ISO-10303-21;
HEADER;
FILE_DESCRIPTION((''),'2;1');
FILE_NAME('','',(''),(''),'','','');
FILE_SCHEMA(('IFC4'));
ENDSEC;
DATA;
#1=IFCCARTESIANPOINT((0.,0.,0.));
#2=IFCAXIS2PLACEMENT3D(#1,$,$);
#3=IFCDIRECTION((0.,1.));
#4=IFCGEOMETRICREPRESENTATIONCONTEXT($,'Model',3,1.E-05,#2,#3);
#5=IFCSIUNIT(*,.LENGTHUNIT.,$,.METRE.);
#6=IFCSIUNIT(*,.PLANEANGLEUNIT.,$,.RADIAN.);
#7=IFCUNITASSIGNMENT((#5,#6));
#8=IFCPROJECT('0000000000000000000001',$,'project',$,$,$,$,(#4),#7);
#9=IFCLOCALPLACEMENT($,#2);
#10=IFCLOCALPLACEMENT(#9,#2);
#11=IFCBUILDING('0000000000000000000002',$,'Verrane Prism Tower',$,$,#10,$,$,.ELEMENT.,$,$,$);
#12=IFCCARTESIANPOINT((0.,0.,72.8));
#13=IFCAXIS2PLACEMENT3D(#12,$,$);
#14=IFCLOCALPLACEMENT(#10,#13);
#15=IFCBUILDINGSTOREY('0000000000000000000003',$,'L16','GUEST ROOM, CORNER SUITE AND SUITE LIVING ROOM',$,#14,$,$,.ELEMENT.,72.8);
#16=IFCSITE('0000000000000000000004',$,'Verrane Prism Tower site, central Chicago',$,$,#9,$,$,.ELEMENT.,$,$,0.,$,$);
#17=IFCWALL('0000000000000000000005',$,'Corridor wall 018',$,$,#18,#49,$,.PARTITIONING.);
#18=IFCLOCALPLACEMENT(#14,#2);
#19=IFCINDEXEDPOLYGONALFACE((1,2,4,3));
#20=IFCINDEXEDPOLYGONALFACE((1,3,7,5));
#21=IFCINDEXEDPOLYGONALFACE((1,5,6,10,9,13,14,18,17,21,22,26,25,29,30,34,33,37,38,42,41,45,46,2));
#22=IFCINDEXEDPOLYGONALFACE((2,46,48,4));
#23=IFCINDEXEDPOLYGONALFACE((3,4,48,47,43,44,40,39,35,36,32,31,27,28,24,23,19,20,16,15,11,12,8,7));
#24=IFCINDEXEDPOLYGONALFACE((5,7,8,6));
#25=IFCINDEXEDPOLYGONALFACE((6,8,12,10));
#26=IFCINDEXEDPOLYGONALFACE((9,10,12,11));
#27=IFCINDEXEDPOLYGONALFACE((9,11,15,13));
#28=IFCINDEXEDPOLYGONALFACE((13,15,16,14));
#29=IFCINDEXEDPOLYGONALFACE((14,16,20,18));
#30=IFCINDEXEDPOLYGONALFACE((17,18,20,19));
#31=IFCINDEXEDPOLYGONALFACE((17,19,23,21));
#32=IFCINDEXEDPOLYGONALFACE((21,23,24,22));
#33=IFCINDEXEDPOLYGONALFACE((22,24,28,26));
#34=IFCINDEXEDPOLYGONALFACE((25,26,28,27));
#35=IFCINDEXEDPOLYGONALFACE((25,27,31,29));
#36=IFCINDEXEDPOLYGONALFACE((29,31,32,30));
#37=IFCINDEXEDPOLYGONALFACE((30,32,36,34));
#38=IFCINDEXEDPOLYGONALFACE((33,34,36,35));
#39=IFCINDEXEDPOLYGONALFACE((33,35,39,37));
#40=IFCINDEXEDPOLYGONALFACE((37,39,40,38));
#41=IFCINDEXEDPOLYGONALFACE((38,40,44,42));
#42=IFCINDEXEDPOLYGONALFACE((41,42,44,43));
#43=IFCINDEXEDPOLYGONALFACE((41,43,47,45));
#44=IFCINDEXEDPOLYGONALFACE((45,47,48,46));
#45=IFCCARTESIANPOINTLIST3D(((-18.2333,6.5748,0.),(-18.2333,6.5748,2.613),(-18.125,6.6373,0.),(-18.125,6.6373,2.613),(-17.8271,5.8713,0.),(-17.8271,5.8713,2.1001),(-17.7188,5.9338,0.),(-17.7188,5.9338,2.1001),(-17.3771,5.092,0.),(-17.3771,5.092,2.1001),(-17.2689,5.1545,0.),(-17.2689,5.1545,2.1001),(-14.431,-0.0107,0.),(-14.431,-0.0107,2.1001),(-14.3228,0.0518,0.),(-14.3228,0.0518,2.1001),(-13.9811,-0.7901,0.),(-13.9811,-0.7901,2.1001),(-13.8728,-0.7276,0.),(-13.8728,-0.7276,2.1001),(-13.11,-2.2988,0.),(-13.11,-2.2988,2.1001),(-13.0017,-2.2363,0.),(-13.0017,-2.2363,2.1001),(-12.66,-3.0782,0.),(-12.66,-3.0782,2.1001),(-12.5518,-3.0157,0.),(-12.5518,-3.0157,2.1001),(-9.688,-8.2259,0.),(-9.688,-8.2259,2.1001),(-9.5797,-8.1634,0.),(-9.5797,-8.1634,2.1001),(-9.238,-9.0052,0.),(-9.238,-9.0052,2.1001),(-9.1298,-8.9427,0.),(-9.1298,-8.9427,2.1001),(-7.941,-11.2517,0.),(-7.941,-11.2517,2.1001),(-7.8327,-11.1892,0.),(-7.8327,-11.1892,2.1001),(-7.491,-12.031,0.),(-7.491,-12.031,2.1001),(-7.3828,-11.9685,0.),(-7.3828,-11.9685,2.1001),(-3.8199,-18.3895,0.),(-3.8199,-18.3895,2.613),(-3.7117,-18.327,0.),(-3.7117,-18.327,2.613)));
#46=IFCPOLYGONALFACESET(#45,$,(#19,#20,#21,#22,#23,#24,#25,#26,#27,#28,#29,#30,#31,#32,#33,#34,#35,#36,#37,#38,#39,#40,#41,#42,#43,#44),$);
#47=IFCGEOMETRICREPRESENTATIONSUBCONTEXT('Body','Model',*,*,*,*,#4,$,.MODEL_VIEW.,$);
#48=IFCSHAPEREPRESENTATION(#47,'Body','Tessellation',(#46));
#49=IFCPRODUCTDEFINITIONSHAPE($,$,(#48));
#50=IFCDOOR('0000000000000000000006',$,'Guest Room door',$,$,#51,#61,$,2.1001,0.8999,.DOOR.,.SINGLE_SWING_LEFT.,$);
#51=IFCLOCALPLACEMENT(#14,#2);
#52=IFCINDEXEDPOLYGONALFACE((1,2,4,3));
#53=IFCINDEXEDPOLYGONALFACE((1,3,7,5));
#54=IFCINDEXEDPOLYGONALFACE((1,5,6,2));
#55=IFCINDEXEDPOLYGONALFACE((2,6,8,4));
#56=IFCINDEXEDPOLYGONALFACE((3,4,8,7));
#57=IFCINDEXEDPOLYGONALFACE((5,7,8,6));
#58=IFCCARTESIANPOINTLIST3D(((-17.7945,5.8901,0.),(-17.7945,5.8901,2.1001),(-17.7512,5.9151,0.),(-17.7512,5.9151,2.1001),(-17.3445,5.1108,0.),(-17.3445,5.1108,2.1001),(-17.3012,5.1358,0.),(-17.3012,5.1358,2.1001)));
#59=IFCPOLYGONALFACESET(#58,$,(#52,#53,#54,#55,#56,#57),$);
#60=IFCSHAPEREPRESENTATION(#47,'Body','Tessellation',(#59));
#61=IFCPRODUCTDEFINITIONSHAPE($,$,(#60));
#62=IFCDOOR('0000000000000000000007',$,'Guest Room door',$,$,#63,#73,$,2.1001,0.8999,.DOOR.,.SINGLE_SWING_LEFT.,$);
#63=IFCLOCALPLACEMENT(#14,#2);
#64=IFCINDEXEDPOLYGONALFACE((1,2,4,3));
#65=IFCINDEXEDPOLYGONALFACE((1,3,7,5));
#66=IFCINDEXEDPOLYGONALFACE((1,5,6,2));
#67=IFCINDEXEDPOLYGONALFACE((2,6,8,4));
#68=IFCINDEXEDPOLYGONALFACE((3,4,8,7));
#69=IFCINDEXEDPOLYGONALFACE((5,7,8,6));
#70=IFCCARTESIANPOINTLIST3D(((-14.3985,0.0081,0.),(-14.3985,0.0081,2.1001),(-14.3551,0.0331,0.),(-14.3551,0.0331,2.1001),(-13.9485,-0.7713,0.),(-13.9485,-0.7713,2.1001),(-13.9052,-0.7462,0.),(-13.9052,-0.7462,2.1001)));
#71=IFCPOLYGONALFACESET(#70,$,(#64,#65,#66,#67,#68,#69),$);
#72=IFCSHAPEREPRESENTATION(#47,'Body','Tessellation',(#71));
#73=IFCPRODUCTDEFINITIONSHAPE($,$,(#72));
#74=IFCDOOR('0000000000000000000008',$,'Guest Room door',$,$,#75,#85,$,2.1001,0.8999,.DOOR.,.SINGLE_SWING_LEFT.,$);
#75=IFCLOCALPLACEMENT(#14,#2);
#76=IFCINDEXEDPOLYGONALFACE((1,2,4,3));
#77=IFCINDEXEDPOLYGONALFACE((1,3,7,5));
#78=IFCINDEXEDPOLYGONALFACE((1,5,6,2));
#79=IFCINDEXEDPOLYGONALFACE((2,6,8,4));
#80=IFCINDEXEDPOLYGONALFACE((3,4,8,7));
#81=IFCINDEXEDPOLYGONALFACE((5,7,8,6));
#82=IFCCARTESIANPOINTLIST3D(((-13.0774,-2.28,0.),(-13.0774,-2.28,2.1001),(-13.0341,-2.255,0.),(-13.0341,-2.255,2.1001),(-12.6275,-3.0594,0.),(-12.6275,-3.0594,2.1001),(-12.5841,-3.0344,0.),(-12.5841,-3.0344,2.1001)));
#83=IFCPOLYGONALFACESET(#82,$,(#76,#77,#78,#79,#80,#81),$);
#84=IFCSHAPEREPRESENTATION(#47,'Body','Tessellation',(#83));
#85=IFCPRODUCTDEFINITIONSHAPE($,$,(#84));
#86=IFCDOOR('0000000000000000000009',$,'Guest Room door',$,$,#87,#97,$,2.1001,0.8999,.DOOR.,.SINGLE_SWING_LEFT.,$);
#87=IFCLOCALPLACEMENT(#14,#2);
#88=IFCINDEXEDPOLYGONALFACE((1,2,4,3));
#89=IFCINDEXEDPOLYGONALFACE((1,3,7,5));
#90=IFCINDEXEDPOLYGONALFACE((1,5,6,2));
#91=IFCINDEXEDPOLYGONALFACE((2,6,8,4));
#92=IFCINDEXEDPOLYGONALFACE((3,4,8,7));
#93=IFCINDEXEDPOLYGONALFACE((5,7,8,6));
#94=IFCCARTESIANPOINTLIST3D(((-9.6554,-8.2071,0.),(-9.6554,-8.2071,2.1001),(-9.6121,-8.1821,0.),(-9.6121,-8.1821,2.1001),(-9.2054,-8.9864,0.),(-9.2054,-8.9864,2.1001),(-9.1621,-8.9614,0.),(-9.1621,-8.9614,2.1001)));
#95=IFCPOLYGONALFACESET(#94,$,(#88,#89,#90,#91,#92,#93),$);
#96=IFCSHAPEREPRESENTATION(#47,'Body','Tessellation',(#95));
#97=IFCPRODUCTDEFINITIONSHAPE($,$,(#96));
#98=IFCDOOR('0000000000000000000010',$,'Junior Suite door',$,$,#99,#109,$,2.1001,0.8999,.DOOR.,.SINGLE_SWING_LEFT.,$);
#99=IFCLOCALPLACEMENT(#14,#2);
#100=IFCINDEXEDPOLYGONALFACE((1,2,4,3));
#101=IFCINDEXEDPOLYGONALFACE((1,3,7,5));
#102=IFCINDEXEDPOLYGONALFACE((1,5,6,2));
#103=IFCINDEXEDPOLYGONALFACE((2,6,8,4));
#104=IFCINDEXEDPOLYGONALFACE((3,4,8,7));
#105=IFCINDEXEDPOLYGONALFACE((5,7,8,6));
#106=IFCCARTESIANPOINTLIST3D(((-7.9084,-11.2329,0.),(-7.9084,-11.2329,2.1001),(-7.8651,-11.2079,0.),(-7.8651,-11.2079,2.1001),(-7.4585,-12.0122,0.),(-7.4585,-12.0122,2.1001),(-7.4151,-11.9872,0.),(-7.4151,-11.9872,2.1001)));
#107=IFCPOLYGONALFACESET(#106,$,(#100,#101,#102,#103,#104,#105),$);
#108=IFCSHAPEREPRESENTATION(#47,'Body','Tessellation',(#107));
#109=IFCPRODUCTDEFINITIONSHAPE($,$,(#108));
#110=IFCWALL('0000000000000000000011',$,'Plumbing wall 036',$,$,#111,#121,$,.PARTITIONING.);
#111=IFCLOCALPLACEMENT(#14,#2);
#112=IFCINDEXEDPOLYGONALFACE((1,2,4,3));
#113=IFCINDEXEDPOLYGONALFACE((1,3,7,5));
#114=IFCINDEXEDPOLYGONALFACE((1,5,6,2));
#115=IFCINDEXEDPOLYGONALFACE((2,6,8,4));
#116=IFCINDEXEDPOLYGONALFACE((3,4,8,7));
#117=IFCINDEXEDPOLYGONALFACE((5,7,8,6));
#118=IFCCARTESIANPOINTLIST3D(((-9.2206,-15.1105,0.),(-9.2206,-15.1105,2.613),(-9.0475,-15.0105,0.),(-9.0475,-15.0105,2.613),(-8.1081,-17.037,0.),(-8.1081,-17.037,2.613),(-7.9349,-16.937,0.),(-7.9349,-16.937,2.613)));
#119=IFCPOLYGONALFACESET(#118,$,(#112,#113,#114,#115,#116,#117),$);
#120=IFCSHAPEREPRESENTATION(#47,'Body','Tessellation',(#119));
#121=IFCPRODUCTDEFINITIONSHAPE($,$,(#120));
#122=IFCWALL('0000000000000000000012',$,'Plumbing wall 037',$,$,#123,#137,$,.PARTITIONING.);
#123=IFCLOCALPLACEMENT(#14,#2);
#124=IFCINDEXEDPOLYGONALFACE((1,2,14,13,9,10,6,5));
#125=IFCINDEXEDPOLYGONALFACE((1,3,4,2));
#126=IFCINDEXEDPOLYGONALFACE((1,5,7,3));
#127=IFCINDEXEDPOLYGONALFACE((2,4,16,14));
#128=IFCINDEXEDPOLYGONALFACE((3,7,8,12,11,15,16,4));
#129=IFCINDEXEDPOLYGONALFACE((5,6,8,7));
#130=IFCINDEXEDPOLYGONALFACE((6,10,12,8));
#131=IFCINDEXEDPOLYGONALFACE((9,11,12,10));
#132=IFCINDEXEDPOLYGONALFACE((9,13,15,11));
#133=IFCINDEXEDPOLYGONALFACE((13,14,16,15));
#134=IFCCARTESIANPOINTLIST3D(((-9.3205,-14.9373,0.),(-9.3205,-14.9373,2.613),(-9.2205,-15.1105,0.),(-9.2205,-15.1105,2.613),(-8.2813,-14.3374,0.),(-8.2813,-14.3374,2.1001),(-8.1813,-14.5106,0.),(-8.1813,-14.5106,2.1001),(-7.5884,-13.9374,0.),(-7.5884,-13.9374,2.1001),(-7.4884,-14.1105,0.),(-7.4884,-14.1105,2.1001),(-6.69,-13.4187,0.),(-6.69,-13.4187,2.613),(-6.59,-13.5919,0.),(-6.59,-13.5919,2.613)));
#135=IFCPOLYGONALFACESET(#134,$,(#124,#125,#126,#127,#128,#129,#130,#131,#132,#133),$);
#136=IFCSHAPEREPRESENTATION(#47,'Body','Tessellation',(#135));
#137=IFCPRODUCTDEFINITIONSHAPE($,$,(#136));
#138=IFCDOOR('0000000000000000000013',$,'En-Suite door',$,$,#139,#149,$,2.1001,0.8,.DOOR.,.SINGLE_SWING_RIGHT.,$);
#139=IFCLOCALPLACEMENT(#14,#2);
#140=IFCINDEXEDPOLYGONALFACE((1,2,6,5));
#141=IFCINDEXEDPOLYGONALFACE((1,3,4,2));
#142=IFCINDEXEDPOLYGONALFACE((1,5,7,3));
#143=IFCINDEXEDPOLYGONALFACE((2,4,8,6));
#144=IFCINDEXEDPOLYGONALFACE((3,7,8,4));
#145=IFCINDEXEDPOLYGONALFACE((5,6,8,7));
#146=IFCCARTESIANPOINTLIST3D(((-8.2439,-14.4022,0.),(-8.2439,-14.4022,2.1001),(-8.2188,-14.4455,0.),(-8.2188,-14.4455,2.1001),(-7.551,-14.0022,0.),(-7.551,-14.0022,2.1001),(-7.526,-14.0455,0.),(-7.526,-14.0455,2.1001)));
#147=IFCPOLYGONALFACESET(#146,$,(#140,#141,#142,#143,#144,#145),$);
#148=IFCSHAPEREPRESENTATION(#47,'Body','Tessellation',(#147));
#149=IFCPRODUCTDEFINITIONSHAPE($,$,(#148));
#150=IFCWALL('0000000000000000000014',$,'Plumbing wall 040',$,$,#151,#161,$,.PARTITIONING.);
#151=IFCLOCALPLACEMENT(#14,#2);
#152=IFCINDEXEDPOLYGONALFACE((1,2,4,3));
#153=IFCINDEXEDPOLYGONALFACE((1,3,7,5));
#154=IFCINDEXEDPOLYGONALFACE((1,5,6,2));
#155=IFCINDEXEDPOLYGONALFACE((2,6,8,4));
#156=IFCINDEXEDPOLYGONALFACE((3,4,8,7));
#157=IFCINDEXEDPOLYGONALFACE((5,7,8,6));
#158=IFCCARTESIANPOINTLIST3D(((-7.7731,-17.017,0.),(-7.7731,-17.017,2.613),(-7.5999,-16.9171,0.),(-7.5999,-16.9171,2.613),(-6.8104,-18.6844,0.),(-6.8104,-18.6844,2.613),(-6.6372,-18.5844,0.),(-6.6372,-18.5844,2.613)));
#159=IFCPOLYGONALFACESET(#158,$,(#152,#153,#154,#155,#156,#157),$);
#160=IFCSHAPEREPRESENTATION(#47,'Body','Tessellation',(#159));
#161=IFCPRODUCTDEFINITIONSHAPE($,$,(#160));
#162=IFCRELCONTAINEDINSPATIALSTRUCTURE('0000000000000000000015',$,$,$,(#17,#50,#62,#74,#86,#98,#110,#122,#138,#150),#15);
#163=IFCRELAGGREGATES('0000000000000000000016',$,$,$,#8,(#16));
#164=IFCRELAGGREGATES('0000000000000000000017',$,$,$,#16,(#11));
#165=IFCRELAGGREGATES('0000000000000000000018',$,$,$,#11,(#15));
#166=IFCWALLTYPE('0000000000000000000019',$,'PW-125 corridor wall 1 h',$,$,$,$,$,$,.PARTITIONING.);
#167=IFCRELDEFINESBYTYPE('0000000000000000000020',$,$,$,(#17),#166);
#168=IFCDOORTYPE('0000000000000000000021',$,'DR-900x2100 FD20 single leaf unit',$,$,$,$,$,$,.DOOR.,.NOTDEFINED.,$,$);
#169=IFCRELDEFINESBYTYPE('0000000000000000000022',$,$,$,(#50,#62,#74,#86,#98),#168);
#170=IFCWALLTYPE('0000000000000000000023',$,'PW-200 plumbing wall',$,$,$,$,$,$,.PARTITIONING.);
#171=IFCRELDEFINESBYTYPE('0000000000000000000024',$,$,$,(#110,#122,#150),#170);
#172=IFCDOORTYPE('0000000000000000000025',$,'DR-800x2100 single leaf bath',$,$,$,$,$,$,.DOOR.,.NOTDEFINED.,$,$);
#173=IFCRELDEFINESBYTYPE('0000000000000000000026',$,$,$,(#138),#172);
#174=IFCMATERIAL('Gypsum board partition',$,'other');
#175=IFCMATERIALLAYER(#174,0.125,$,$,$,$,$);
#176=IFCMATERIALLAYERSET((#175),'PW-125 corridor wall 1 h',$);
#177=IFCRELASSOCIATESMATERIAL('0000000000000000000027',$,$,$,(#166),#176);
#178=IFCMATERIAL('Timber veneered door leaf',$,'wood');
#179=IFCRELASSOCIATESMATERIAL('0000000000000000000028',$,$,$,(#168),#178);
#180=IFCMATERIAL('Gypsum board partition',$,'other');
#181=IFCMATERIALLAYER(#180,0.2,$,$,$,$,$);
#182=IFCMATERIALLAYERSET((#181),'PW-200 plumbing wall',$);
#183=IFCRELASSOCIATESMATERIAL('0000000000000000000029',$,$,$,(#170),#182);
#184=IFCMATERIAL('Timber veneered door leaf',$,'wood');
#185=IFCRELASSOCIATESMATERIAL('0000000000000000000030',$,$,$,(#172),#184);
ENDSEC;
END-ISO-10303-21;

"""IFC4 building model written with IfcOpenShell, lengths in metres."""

from ifc_helpers import new_model, si_unit, direction, frame, frame_2d, origin, place, context, subcontext, project, spatial, rectangle, extrude, material, layer, layer_set, type_object, element, fill, save


model = new_model("IFC4")

# Units and contexts
model_context = context("Model", 3, precision=1e-05, world=origin(), true_north=direction((0.0, 1.0)))
body_context = subcontext(model_context, "Body", "Model", "MODEL_VIEW")
ifc_project = project(units=[si_unit("LENGTHUNIT", "METRE"), si_unit("PLANEANGLEUNIT", "RADIAN")], contexts=[model_context])

# Site, building, storey
site_placement = place(None, origin())
site = spatial("IfcSite", under=ifc_project, at=site_placement, Name="Verrane Prism Tower site, central Chicago", CompositionType="ELEMENT", RefElevation=0.0)
building_placement = place(site_placement, origin())
building = spatial("IfcBuilding", under=site, at=building_placement, Name="Verrane Prism Tower", CompositionType="ELEMENT")
storey_placement = place(building_placement, frame((0.0, 0.0, 72.8)))
storey = spatial("IfcBuildingStorey", under=building, at=storey_placement, Name="L16", Description="GUEST ROOM, CORNER SUITE AND SUITE LIVING ROOM", CompositionType="ELEMENT", Elevation=72.8)

# Wall, openings, doors
ifc_material_1 = material(Name="Gypsum board partition", Category="other")
ifc_layer_1 = layer(ifc_material_1, 0.125)
ifc_layer_set_1 = layer_set([ifc_layer_1], Name="PW-125 corridor wall 1 h")
wall_type_1 = type_object("IfcWallType", Name="PW-125 corridor wall 1 h", PredefinedType="PARTITIONING", material=ifc_layer_set_1)
wall_1_placement = place(storey_placement, frame((-3.7659, -18.3582, 0.0), z_axis=(0.0, 0.0, 1.0), x_axis=(-0.500004, 0.866023, 0.0)))
wall_1 = element("IfcWall", 1, at=wall_1_placement, inside=storey, type_object=wall_type_1, Name="Corridor wall 018", PredefinedType="PARTITIONING", context=body_context, shape_type="SweptSolid", body=[
    extrude(rectangle(XDim=28.8264, YDim=0.125, at=frame_2d((14.4131, 0.0))), origin(), (0.0, 0.0, 1.0), 2.613),
])
opening_1_placement = place(wall_1_placement, frame((27.114, 0.0, 0.0)))
opening_1 = element("IfcOpeningElement", 2, at=opening_1_placement, cuts=wall_1, PredefinedType="OPENING", context=body_context, shape_type="SweptSolid", body=[
    extrude(rectangle(XDim=0.8999, YDim=2.1001, at=frame_2d((0.45, 1.05))), frame((0.0, 0.0725, 0.0), z_axis=(0.0, -1.0, 0.0), x_axis=(1.0, 0.0, 0.0)), (0.0, 0.0, 1.0), 0.145),
])
opening_2_placement = place(wall_1_placement, frame((20.322, 0.0, 0.0)))
opening_2 = element("IfcOpeningElement", 3, at=opening_2_placement, cuts=wall_1, PredefinedType="OPENING", context=body_context, shape_type="SweptSolid", body=[
    extrude(rectangle(XDim=0.8999, YDim=2.1001, at=frame_2d((0.45, 1.05))), frame((0.0, 0.0725, 0.0), z_axis=(0.0, -1.0, 0.0), x_axis=(1.0, 0.0, 0.0)), (0.0, 0.0, 1.0), 0.145),
])
opening_3_placement = place(wall_1_placement, frame((17.6799, 0.0, 0.0)))
opening_3 = element("IfcOpeningElement", 4, at=opening_3_placement, cuts=wall_1, PredefinedType="OPENING", context=body_context, shape_type="SweptSolid", body=[
    extrude(rectangle(XDim=0.8999, YDim=2.1001, at=frame_2d((0.45, 1.05))), frame((0.0, 0.0725, 0.0), z_axis=(0.0, -1.0, 0.0), x_axis=(1.0, 0.0, 0.0)), (0.0, 0.0, 1.0), 0.145),
])
opening_4_placement = place(wall_1_placement, frame((10.8359, 0.0, 0.0)))
opening_4 = element("IfcOpeningElement", 5, at=opening_4_placement, cuts=wall_1, PredefinedType="OPENING", context=body_context, shape_type="SweptSolid", body=[
    extrude(rectangle(XDim=0.8999, YDim=2.1001, at=frame_2d((0.45, 1.05))), frame((0.0, 0.0725, 0.0), z_axis=(0.0, -1.0, 0.0), x_axis=(1.0, 0.0, 0.0)), (0.0, 0.0, 1.0), 0.145),
])
opening_5_placement = place(wall_1_placement, frame((7.342, 0.0, 0.0)))
opening_5 = element("IfcOpeningElement", 6, at=opening_5_placement, cuts=wall_1, PredefinedType="OPENING", context=body_context, shape_type="SweptSolid", body=[
    extrude(rectangle(XDim=0.8999, YDim=2.1001, at=frame_2d((0.45, 1.05))), frame((0.0, 0.0725, 0.0), z_axis=(0.0, -1.0, 0.0), x_axis=(1.0, 0.0, 0.0)), (0.0, 0.0, 1.0), 0.145),
])
ifc_material_2 = material(Name="Timber veneered door leaf", Category="wood")
door_type_1 = type_object("IfcDoorType", Name="DR-900x2100 FD20 single leaf unit", OperationType="NOTDEFINED", PredefinedType="DOOR", material=ifc_material_2)
door_1_placement = place(opening_1_placement, origin())
door_1 = element("IfcDoor", 7, at=door_1_placement, inside=storey, type_object=door_type_1, Name="Guest Room door", OperationType="SINGLE_SWING_LEFT", OverallHeight=2.1001, OverallWidth=0.8999, PredefinedType="DOOR", context=body_context, shape_type="SweptSolid", body=[
    extrude(rectangle(XDim=0.8999, YDim=2.1001, at=frame_2d((0.45, 1.05))), frame((0.0, 0.0249, 0.0), z_axis=(0.0, -1.0, 0.0), x_axis=(1.0, 0.0, 0.0)), (0.0, 0.0, 1.0), 0.05),
])
fill(opening_1, door_1)
door_2_placement = place(opening_2_placement, origin())
door_2 = element("IfcDoor", 8, at=door_2_placement, inside=storey, type_object=door_type_1, Name="Guest Room door", OperationType="SINGLE_SWING_LEFT", OverallHeight=2.1001, OverallWidth=0.8999, PredefinedType="DOOR", context=body_context, shape_type="SweptSolid", body=[
    extrude(rectangle(XDim=0.8999, YDim=2.1001, at=frame_2d((0.45, 1.05))), frame((0.0, 0.0249, 0.0), z_axis=(0.0, -1.0, 0.0), x_axis=(1.0, 0.0, 0.0)), (0.0, 0.0, 1.0), 0.05),
])
fill(opening_2, door_2)
door_3_placement = place(opening_3_placement, origin())
door_3 = element("IfcDoor", 9, at=door_3_placement, inside=storey, type_object=door_type_1, Name="Guest Room door", OperationType="SINGLE_SWING_LEFT", OverallHeight=2.1001, OverallWidth=0.8999, PredefinedType="DOOR", context=body_context, shape_type="SweptSolid", body=[
    extrude(rectangle(XDim=0.8999, YDim=2.1001, at=frame_2d((0.45, 1.05))), frame((0.0, 0.0249, 0.0), z_axis=(0.0, -1.0, 0.0), x_axis=(1.0, 0.0, 0.0)), (0.0, 0.0, 1.0), 0.05),
])
fill(opening_3, door_3)
door_4_placement = place(opening_4_placement, origin())
door_4 = element("IfcDoor", 10, at=door_4_placement, inside=storey, type_object=door_type_1, Name="Guest Room door", OperationType="SINGLE_SWING_LEFT", OverallHeight=2.1001, OverallWidth=0.8999, PredefinedType="DOOR", context=body_context, shape_type="SweptSolid", body=[
    extrude(rectangle(XDim=0.8999, YDim=2.1001, at=frame_2d((0.45, 1.05))), frame((0.0, 0.0249, 0.0), z_axis=(0.0, -1.0, 0.0), x_axis=(1.0, 0.0, 0.0)), (0.0, 0.0, 1.0), 0.05),
])
fill(opening_4, door_4)
door_5_placement = place(opening_5_placement, origin())
door_5 = element("IfcDoor", 11, at=door_5_placement, inside=storey, type_object=door_type_1, Name="Junior Suite door", OperationType="SINGLE_SWING_LEFT", OverallHeight=2.1001, OverallWidth=0.8999, PredefinedType="DOOR", context=body_context, shape_type="SweptSolid", body=[
    extrude(rectangle(XDim=0.8999, YDim=2.1001, at=frame_2d((0.45, 1.05))), frame((0.0, 0.0249, 0.0), z_axis=(0.0, -1.0, 0.0), x_axis=(1.0, 0.0, 0.0)), (0.0, 0.0, 1.0), 0.05),
])
fill(opening_5, door_5)

# Wall
ifc_material_3 = material(Name="Gypsum board partition", Category="other")
ifc_layer_2 = layer(ifc_material_3, 0.2)
ifc_layer_set_2 = layer_set([ifc_layer_2], Name="PW-200 plumbing wall")
wall_type_2 = type_object("IfcWallType", Name="PW-200 plumbing wall", PredefinedType="PARTITIONING", material=ifc_layer_set_2)
wall_2_placement = place(storey_placement, frame((-9.134, -15.0605, 0.0), z_axis=(0.0, 0.0, 1.0), x_axis=(0.500093, -0.865972, 0.0)))
element("IfcWall", 12, at=wall_2_placement, inside=storey, type_object=wall_type_2, Name="Plumbing wall 036", PredefinedType="PARTITIONING", context=body_context, shape_type="SweptSolid", body=[
    extrude(rectangle(XDim=2.2246, YDim=0.2, at=frame_2d((1.1123, 0.0))), origin(), (0.0, 0.0, 1.0), 2.613),
])

# Wall, opening, door
wall_3_placement = place(storey_placement, frame((-6.6401, -13.5054, 0.0), z_axis=(0.0, 0.0, 1.0), x_axis=(-0.866038, -0.499978, 0.0)))
wall_3 = element("IfcWall", 13, at=wall_3_placement, inside=storey, type_object=wall_type_2, Name="Plumbing wall 037", PredefinedType="PARTITIONING", context=body_context, shape_type="SweptSolid", body=[
    extrude(rectangle(XDim=3.0374, YDim=0.2, at=frame_2d((1.5186, 0.0))), origin(), (0.0, 0.0, 1.0), 2.613),
])
opening_6_placement = place(wall_3_placement, frame((1.0374, 0.0, 0.0)))
opening_6 = element("IfcOpeningElement", 14, at=opening_6_placement, cuts=wall_3, PredefinedType="OPENING", context=body_context, shape_type="SweptSolid", body=[
    extrude(rectangle(XDim=0.8, YDim=2.1001, at=frame_2d((0.3999, 1.05))), frame((0.0, 0.1099, 0.0), z_axis=(0.0, -1.0, 0.0), x_axis=(1.0, 0.0, 0.0)), (0.0, 0.0, 1.0), 0.22),
])
ifc_material_4 = material(Name="Timber veneered door leaf", Category="wood")
door_type_2 = type_object("IfcDoorType", Name="DR-800x2100 single leaf bath", OperationType="NOTDEFINED", PredefinedType="DOOR", material=ifc_material_4)
door_6_placement = place(opening_6_placement, origin())
door_6 = element("IfcDoor", 15, at=door_6_placement, inside=storey, type_object=door_type_2, Name="En-Suite door", OperationType="SINGLE_SWING_RIGHT", OverallHeight=2.1001, OverallWidth=0.8, PredefinedType="DOOR", context=body_context, shape_type="SweptSolid", body=[
    extrude(rectangle(XDim=0.8, YDim=2.1001, at=frame_2d((0.3999, 1.05))), frame((0.0, 0.0249, 0.0), z_axis=(0.0, -1.0, 0.0), x_axis=(1.0, 0.0, 0.0)), (0.0, 0.0, 1.0), 0.05),
])
fill(opening_6, door_6)

# Wall
wall_4_placement = place(storey_placement, frame((-7.6865, -16.967, 0.0), z_axis=(0.0, 0.0, 1.0), x_axis=(0.500026, -0.86601, 0.0)))
element("IfcWall", 16, at=wall_4_placement, inside=storey, type_object=wall_type_2, Name="Plumbing wall 040", PredefinedType="PARTITIONING", context=body_context, shape_type="SweptSolid", body=[
    extrude(rectangle(XDim=1.9253, YDim=0.2, at=frame_2d((0.9626, 0.0))), origin(), (0.0, 0.0, 1.0), 2.613),
])

save(model, "model.ifc")
